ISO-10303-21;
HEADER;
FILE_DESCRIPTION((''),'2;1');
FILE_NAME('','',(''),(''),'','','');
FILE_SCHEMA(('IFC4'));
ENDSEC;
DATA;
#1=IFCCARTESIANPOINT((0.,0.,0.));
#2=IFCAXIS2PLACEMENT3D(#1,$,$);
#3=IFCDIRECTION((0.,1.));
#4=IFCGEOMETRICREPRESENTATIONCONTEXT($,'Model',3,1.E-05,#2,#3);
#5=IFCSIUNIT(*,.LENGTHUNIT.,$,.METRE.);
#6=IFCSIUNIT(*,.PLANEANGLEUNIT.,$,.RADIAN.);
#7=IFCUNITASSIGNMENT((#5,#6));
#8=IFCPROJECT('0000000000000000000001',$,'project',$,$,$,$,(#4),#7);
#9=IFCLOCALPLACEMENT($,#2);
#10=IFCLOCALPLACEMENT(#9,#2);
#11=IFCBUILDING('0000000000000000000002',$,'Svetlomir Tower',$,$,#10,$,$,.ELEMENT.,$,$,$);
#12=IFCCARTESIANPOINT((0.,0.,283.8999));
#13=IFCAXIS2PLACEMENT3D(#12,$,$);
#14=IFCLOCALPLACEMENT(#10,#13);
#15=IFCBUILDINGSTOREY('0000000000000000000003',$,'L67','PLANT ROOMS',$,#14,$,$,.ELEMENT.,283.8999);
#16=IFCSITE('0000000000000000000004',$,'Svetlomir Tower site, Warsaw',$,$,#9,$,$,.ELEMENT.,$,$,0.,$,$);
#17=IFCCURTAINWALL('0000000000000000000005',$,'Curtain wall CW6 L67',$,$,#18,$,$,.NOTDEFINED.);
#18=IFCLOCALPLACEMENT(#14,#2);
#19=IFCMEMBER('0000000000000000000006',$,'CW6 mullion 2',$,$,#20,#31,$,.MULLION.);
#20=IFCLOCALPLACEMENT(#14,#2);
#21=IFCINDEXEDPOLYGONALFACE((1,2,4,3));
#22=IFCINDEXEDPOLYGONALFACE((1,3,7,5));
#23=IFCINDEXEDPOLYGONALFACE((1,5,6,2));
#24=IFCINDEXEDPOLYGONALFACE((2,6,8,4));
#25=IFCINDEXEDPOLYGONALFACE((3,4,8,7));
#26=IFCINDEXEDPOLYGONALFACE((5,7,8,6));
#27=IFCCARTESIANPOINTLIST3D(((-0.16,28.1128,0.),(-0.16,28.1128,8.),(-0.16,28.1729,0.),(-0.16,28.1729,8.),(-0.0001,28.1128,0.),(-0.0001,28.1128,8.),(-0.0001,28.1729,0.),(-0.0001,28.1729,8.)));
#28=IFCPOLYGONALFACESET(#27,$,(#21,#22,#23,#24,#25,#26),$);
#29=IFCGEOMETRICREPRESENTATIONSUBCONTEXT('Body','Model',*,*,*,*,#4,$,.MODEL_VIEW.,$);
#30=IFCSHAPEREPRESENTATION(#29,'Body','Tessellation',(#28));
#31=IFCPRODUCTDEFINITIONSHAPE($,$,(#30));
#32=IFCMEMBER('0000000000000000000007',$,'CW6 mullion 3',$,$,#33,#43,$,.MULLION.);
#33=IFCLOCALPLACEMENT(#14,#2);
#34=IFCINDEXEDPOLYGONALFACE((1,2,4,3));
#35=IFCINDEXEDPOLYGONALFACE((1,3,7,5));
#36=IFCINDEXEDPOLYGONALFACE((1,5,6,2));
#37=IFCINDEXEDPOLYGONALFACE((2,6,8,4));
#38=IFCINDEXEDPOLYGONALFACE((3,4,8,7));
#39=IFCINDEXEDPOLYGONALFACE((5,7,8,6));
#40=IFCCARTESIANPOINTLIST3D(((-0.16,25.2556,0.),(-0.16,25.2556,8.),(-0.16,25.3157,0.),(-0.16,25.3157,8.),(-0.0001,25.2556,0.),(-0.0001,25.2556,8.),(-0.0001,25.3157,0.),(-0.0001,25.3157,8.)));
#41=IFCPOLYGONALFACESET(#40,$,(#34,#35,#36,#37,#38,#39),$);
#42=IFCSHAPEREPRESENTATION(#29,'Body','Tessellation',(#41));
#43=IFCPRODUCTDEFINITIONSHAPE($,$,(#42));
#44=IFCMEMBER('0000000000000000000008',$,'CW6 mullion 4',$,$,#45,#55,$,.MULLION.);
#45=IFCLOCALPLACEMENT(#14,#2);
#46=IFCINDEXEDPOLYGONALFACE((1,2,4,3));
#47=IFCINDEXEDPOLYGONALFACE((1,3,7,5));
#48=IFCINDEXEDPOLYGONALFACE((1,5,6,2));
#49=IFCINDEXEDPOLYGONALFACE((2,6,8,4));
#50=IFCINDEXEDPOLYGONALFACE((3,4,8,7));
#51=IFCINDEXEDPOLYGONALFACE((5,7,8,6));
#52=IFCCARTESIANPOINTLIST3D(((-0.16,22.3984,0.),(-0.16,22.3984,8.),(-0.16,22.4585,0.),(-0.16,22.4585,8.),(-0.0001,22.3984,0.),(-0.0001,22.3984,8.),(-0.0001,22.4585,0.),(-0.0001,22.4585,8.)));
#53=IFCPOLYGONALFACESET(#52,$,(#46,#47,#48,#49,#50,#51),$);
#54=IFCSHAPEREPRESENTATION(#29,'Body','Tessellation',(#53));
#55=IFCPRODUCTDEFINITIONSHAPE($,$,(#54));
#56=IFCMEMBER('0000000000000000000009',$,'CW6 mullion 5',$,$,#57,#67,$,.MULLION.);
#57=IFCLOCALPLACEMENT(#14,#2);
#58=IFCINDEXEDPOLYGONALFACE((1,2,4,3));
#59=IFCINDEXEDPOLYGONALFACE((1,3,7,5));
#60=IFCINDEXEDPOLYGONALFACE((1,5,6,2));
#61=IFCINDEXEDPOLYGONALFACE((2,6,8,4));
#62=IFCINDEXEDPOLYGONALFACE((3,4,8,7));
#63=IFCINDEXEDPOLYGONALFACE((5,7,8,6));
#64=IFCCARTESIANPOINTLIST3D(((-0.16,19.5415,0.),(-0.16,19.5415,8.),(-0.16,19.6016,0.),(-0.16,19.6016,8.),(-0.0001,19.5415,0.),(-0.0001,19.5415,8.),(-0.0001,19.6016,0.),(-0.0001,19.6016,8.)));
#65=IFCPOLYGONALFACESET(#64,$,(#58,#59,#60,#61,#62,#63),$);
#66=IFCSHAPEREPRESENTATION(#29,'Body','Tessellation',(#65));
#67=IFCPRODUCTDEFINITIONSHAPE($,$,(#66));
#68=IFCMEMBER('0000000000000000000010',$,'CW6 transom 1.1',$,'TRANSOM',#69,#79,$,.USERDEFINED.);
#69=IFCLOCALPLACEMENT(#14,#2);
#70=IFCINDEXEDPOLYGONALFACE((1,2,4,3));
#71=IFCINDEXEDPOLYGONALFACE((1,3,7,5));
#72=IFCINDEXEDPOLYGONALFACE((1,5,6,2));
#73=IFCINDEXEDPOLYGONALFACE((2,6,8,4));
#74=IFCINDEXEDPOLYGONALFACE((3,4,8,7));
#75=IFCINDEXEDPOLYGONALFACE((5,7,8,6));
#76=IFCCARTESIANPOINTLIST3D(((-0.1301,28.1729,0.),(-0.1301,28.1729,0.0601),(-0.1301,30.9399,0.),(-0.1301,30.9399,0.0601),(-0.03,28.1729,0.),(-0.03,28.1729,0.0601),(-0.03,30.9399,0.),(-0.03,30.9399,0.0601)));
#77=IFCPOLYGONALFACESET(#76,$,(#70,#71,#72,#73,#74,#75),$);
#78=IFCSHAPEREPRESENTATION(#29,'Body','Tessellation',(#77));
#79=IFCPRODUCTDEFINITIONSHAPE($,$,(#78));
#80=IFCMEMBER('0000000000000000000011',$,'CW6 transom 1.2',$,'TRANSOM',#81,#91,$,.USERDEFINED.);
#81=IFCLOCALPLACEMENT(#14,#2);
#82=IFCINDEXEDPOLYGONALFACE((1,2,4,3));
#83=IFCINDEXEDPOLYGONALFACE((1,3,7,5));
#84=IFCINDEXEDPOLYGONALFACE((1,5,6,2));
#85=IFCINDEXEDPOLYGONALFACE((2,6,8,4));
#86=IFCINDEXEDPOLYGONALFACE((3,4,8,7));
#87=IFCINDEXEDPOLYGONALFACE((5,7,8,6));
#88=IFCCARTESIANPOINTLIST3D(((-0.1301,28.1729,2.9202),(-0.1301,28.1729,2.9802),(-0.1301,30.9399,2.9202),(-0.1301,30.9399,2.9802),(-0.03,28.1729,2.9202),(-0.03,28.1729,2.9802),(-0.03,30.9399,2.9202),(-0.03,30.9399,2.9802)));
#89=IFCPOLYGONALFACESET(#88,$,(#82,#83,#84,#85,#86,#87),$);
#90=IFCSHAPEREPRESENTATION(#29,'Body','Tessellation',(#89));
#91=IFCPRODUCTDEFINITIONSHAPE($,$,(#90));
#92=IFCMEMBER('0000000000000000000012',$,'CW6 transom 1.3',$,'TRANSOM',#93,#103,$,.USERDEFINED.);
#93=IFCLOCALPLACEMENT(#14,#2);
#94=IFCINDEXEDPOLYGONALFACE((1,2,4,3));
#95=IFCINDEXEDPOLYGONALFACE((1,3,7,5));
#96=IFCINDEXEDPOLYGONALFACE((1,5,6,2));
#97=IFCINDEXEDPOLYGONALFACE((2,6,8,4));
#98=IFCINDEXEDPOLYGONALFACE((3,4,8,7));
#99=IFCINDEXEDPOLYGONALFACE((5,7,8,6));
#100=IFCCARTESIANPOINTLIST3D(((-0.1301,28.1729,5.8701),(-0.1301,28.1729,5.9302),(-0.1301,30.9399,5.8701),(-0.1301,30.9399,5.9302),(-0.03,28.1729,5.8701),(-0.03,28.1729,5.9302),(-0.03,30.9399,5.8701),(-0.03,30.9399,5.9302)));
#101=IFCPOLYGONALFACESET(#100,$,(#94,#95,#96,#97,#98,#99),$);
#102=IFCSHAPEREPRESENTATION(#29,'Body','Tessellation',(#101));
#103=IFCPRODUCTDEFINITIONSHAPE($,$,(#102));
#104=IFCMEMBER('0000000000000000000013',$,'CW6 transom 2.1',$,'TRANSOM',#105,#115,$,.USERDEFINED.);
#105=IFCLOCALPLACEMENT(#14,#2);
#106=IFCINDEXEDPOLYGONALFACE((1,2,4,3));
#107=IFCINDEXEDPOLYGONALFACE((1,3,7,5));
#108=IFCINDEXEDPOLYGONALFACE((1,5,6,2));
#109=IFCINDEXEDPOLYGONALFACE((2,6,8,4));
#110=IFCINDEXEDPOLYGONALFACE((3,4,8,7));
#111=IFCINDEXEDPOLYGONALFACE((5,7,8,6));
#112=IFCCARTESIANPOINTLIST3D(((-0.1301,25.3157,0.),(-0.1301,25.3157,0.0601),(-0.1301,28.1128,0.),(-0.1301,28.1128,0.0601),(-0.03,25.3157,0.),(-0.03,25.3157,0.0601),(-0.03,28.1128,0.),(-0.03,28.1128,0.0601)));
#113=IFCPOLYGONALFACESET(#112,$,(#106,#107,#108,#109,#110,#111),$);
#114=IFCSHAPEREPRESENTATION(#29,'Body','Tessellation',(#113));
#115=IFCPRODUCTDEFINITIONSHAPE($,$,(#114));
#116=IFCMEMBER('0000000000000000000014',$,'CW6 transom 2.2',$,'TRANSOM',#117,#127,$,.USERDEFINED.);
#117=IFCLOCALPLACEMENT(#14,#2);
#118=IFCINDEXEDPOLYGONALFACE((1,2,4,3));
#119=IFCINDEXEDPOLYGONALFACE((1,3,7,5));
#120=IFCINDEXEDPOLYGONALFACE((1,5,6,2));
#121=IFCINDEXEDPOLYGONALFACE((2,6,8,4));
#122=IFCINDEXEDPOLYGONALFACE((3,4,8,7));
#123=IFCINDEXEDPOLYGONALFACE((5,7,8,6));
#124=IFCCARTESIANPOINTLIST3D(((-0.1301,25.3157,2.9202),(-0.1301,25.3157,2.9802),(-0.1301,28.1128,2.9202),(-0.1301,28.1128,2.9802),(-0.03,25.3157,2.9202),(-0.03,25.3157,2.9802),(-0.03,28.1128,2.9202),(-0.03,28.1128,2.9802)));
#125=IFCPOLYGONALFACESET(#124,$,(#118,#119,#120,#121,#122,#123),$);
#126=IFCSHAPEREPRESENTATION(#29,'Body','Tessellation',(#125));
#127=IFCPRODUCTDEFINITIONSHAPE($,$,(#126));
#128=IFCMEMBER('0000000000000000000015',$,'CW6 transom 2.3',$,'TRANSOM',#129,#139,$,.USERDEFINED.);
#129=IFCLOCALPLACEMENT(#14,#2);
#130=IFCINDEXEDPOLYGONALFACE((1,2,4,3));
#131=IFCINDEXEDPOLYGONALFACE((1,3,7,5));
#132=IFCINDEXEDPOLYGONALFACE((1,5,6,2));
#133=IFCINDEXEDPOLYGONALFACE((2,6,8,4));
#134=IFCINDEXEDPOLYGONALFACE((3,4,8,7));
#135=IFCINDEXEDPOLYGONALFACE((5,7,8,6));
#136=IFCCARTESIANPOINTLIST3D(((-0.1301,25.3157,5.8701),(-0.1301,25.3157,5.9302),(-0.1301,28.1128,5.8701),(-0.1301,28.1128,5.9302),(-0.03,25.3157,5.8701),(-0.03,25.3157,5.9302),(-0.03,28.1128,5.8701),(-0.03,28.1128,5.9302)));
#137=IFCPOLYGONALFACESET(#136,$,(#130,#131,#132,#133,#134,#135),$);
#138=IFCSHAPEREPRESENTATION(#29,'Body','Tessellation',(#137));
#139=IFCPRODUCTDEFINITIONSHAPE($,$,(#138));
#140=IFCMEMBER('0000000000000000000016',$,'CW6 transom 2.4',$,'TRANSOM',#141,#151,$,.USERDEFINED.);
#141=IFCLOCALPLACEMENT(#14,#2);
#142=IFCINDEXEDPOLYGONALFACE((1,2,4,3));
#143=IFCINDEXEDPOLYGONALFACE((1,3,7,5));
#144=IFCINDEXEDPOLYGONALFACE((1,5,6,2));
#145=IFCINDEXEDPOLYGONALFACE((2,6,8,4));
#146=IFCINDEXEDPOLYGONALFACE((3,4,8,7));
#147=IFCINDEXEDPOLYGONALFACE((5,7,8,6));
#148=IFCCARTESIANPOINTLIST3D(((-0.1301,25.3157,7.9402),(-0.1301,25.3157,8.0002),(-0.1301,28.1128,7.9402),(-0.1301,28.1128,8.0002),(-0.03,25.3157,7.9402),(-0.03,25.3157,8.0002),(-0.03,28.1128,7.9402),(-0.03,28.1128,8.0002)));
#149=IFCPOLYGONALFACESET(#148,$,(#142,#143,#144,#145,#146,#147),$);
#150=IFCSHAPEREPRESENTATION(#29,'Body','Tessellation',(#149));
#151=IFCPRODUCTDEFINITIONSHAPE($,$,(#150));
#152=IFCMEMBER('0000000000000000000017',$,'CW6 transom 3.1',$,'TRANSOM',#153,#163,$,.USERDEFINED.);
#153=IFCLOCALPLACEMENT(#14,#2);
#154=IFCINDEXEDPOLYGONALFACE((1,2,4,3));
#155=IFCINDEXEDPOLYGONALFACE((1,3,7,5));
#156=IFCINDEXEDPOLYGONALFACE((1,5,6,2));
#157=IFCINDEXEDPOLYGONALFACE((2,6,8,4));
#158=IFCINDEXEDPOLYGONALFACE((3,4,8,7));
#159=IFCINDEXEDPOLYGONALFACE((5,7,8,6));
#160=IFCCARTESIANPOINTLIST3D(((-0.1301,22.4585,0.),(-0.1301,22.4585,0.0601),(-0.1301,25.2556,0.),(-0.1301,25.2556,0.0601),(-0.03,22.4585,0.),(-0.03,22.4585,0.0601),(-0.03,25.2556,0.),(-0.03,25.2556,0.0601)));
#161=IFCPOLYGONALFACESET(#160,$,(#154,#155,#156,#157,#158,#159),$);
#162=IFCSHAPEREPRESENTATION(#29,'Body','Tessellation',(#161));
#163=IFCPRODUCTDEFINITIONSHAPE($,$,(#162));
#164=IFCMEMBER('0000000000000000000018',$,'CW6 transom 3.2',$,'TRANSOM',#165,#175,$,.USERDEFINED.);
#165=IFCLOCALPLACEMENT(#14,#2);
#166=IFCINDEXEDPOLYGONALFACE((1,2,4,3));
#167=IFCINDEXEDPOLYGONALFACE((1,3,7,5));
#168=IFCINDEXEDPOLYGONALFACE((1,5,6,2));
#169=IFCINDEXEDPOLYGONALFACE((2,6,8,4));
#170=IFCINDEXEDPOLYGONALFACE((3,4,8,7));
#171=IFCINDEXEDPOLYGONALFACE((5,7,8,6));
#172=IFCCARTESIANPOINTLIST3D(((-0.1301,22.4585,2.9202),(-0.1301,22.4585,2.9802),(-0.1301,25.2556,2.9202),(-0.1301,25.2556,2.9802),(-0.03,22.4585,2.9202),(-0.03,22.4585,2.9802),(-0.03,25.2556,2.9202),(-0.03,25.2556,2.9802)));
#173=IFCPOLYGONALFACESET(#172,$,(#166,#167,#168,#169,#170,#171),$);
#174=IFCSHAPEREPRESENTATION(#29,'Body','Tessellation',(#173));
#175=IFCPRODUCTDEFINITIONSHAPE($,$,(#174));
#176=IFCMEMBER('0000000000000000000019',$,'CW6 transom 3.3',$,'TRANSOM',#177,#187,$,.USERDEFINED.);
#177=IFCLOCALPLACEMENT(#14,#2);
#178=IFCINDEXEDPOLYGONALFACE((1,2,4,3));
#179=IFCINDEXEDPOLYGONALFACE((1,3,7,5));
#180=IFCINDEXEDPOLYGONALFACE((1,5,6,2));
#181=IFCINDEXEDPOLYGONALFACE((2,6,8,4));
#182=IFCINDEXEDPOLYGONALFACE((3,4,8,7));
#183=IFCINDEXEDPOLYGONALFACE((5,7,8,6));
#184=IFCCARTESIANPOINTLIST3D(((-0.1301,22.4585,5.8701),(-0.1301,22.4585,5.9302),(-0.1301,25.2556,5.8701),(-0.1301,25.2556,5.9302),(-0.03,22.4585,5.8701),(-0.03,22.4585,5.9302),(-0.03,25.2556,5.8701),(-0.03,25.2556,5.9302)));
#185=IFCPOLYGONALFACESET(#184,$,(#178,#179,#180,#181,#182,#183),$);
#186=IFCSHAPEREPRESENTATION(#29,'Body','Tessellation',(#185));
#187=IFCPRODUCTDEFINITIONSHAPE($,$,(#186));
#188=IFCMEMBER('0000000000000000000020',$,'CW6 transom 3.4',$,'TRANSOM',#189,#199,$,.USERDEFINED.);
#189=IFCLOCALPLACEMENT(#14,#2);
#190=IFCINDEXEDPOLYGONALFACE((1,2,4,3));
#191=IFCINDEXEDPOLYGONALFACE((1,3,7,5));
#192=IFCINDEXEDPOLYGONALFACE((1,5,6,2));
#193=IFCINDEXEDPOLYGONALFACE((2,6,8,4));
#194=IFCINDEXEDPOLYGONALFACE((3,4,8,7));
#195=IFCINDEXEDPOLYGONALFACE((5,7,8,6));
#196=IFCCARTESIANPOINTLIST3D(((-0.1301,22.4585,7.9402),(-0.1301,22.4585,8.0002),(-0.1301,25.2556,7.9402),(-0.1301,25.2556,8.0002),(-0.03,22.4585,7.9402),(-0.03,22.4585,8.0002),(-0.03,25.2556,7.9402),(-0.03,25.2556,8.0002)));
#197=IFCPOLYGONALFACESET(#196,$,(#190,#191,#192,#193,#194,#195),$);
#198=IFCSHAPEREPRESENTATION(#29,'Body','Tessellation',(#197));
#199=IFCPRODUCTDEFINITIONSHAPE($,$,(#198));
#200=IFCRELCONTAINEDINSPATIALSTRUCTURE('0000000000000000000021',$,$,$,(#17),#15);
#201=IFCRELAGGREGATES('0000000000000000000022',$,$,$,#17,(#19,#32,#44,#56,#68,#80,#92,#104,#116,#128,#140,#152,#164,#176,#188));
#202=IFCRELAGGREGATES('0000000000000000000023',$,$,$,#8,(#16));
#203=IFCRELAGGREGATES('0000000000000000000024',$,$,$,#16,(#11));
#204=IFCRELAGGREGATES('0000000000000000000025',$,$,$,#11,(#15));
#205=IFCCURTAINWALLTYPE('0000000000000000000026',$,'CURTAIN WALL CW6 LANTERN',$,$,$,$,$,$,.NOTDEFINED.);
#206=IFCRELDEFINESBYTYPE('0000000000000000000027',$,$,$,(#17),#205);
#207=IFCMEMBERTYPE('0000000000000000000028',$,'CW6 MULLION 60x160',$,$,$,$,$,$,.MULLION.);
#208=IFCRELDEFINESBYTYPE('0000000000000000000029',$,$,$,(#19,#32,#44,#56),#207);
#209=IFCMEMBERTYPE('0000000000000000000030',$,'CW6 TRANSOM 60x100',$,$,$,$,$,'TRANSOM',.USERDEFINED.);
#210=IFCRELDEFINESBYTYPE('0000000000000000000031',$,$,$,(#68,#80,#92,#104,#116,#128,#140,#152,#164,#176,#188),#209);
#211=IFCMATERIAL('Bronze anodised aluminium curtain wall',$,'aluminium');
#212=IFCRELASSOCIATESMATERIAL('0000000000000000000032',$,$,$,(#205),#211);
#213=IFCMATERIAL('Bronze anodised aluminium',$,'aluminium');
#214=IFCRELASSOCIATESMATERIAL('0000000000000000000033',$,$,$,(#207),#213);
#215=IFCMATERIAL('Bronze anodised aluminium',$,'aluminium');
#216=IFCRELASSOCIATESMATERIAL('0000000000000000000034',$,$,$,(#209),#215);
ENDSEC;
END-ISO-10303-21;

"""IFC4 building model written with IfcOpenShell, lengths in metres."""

from ifc_helpers import new_model, si_unit, direction, frame, origin, origin_2d, place, context, subcontext, project, spatial, rectangle, extrude, material, material_profile, profile_set, type_object, element, aggregate, save


model = new_model("IFC4")

# Units and contexts
model_context = context("Model", 3, precision=1e-05, world=origin(), true_north=direction((0.0, 1.0)))
body_context = subcontext(model_context, "Body", "Model", "MODEL_VIEW")
ifc_project = project(units=[si_unit("LENGTHUNIT", "METRE"), si_unit("PLANEANGLEUNIT", "RADIAN")], contexts=[model_context])

# Site, building, storey
site_placement = place(None, origin())
site = spatial("IfcSite", under=ifc_project, at=site_placement, Name="Svetlomir Tower site, Warsaw", CompositionType="ELEMENT", RefElevation=0.0)
building_placement = place(site_placement, origin())
building = spatial("IfcBuilding", under=site, at=building_placement, Name="Svetlomir Tower", CompositionType="ELEMENT")
storey_placement = place(building_placement, frame((0.0, 0.0, 283.8999)))
storey = spatial("IfcBuildingStorey", under=building, at=storey_placement, Name="L67", Description="PLANT ROOMS", CompositionType="ELEMENT", Elevation=283.8999)

# Curtain wall, members
ifc_material_1 = material(Name="Bronze anodised aluminium curtain wall", Category="aluminium")
curtain_wall_type = type_object("IfcCurtainWallType", Name="CURTAIN WALL CW6 LANTERN", PredefinedType="NOTDEFINED", material=ifc_material_1)
curtain_wall_placement = place(storey_placement, origin())
curtain_wall = element("IfcCurtainWall", 1, at=curtain_wall_placement, inside=storey, type_object=curtain_wall_type, Name="Curtain wall CW6 L67", PredefinedType="NOTDEFINED")
ifc_material_2 = material(Name="Bronze anodised aluminium", Category="aluminium")
ifc_material_profile_1 = material_profile(ifc_material_2, rectangle(XDim=0.0601, YDim=0.1599, at=origin_2d()), Name="AL 60x160")
ifc_profile_set_1 = profile_set([ifc_material_profile_1], Name="Bronze anodised aluminium 6063-T6")
member_type_1 = type_object("IfcMemberType", Name="CW6 MULLION 60x160", PredefinedType="MULLION", material=ifc_profile_set_1)
member_1_placement = place(storey_placement, frame((-0.0801, 28.1428, 0.0), z_axis=(0.0, 0.0, 1.0), x_axis=(0.0, -1.0, 0.0)))
member_1 = element("IfcMember", 2, at=member_1_placement, type_object=member_type_1, Name="CW6 mullion 2", PredefinedType="MULLION", context=body_context, shape_type="SweptSolid", body=[
    extrude(rectangle(XDim=0.0601, YDim=0.1599, at=origin_2d()), origin(), (0.0, 0.0, 1.0), 8.0),
])
member_2_placement = place(storey_placement, frame((-0.0801, 25.2856, 0.0), z_axis=(0.0, 0.0, 1.0), x_axis=(0.0, -1.0, 0.0)))
member_2 = element("IfcMember", 3, at=member_2_placement, type_object=member_type_1, Name="CW6 mullion 3", PredefinedType="MULLION", context=body_context, shape_type="SweptSolid", body=[
    extrude(rectangle(XDim=0.0601, YDim=0.1599, at=origin_2d()), origin(), (0.0, 0.0, 1.0), 8.0),
])
member_3_placement = place(storey_placement, frame((-0.0801, 22.4285, 0.0), z_axis=(0.0, 0.0, 1.0), x_axis=(0.0, -1.0, 0.0)))
member_3 = element("IfcMember", 4, at=member_3_placement, type_object=member_type_1, Name="CW6 mullion 4", PredefinedType="MULLION", context=body_context, shape_type="SweptSolid", body=[
    extrude(rectangle(XDim=0.0601, YDim=0.1599, at=origin_2d()), origin(), (0.0, 0.0, 1.0), 8.0),
])
member_4_placement = place(storey_placement, frame((-0.0801, 19.5715, 0.0), z_axis=(0.0, 0.0, 1.0), x_axis=(0.0, -1.0, 0.0)))
member_4 = element("IfcMember", 5, at=member_4_placement, type_object=member_type_1, Name="CW6 mullion 5", PredefinedType="MULLION", context=body_context, shape_type="SweptSolid", body=[
    extrude(rectangle(XDim=0.0601, YDim=0.1599, at=origin_2d()), origin(), (0.0, 0.0, 1.0), 8.0),
])
ifc_material_3 = material(Name="Bronze anodised aluminium", Category="aluminium")
ifc_material_profile_2 = material_profile(ifc_material_3, rectangle(XDim=0.1001, YDim=0.0601, at=origin_2d()), Name="AL 100x60")
ifc_profile_set_2 = profile_set([ifc_material_profile_2], Name="Bronze anodised aluminium 6063-T6")
member_type_2 = type_object("IfcMemberType", Name="CW6 TRANSOM 60x100", ElementType="TRANSOM", PredefinedType="USERDEFINED", material=ifc_profile_set_2)
member_5_placement = place(storey_placement, frame((-0.0801, 30.9399, 0.03), z_axis=(0.0, -1.0, 0.0), x_axis=(1.0, 0.0, 0.0)))
member_5 = element("IfcMember", 6, at=member_5_placement, type_object=member_type_2, Name="CW6 transom 1.1", ObjectType="TRANSOM", PredefinedType="USERDEFINED", context=body_context, shape_type="SweptSolid", body=[
    extrude(rectangle(XDim=0.1001, YDim=0.0601, at=origin_2d()), origin(), (0.0, 0.0, 1.0), 2.7671),
])
member_6_placement = place(storey_placement, frame((-0.0801, 30.9399, 2.9502), z_axis=(0.0, -1.0, 0.0), x_axis=(1.0, 0.0, 0.0)))
member_6 = element("IfcMember", 7, at=member_6_placement, type_object=member_type_2, Name="CW6 transom 1.2", ObjectType="TRANSOM", PredefinedType="USERDEFINED", context=body_context, shape_type="SweptSolid", body=[
    extrude(rectangle(XDim=0.1001, YDim=0.0601, at=origin_2d()), origin(), (0.0, 0.0, 1.0), 2.7671),
])
member_7_placement = place(storey_placement, frame((-0.0801, 30.9399, 5.9001), z_axis=(0.0, -1.0, 0.0), x_axis=(1.0, 0.0, 0.0)))
member_7 = element("IfcMember", 8, at=member_7_placement, type_object=member_type_2, Name="CW6 transom 1.3", ObjectType="TRANSOM", PredefinedType="USERDEFINED", context=body_context, shape_type="SweptSolid", body=[
    extrude(rectangle(XDim=0.1001, YDim=0.0601, at=origin_2d()), origin(), (0.0, 0.0, 1.0), 2.7671),
])
member_8_placement = place(storey_placement, frame((-0.0801, 28.1128, 0.03), z_axis=(0.0, -1.0, 0.0), x_axis=(1.0, 0.0, 0.0)))
member_8 = element("IfcMember", 9, at=member_8_placement, type_object=member_type_2, Name="CW6 transom 2.1", ObjectType="TRANSOM", PredefinedType="USERDEFINED", context=body_context, shape_type="SweptSolid", body=[
    extrude(rectangle(XDim=0.1001, YDim=0.0601, at=origin_2d()), origin(), (0.0, 0.0, 1.0), 2.7971),
])
member_9_placement = place(storey_placement, frame((-0.0801, 28.1128, 2.9502), z_axis=(0.0, -1.0, 0.0), x_axis=(1.0, 0.0, 0.0)))
member_9 = element("IfcMember", 10, at=member_9_placement, type_object=member_type_2, Name="CW6 transom 2.2", ObjectType="TRANSOM", PredefinedType="USERDEFINED", context=body_context, shape_type="SweptSolid", body=[
    extrude(rectangle(XDim=0.1001, YDim=0.0601, at=origin_2d()), origin(), (0.0, 0.0, 1.0), 2.7971),
])
member_10_placement = place(storey_placement, frame((-0.0801, 28.1128, 5.9001), z_axis=(0.0, -1.0, 0.0), x_axis=(1.0, 0.0, 0.0)))
member_10 = element("IfcMember", 11, at=member_10_placement, type_object=member_type_2, Name="CW6 transom 2.3", ObjectType="TRANSOM", PredefinedType="USERDEFINED", context=body_context, shape_type="SweptSolid", body=[
    extrude(rectangle(XDim=0.1001, YDim=0.0601, at=origin_2d()), origin(), (0.0, 0.0, 1.0), 2.7971),
])
member_11_placement = place(storey_placement, frame((-0.0801, 28.1128, 7.9702), z_axis=(0.0, -1.0, 0.0), x_axis=(1.0, 0.0, 0.0)))
member_11 = element("IfcMember", 12, at=member_11_placement, type_object=member_type_2, Name="CW6 transom 2.4", ObjectType="TRANSOM", PredefinedType="USERDEFINED", context=body_context, shape_type="SweptSolid", body=[
    extrude(rectangle(XDim=0.1001, YDim=0.0601, at=origin_2d()), origin(), (0.0, 0.0, 1.0), 2.7971),
])
member_12_placement = place(storey_placement, frame((-0.0801, 25.2556, 0.03), z_axis=(0.0, -1.0, 0.0), x_axis=(1.0, 0.0, 0.0)))
member_12 = element("IfcMember", 13, at=member_12_placement, type_object=member_type_2, Name="CW6 transom 3.1", ObjectType="TRANSOM", PredefinedType="USERDEFINED", context=body_context, shape_type="SweptSolid", body=[
    extrude(rectangle(XDim=0.1001, YDim=0.0601, at=origin_2d()), origin(), (0.0, 0.0, 1.0), 2.7971),
])
member_13_placement = place(storey_placement, frame((-0.0801, 25.2556, 2.9502), z_axis=(0.0, -1.0, 0.0), x_axis=(1.0, 0.0, 0.0)))
member_13 = element("IfcMember", 14, at=member_13_placement, type_object=member_type_2, Name="CW6 transom 3.2", ObjectType="TRANSOM", PredefinedType="USERDEFINED", context=body_context, shape_type="SweptSolid", body=[
    extrude(rectangle(XDim=0.1001, YDim=0.0601, at=origin_2d()), origin(), (0.0, 0.0, 1.0), 2.7971),
])
member_14_placement = place(storey_placement, frame((-0.0801, 25.2556, 5.9001), z_axis=(0.0, -1.0, 0.0), x_axis=(1.0, 0.0, 0.0)))
member_14 = element("IfcMember", 15, at=member_14_placement, type_object=member_type_2, Name="CW6 transom 3.3", ObjectType="TRANSOM", PredefinedType="USERDEFINED", context=body_context, shape_type="SweptSolid", body=[
    extrude(rectangle(XDim=0.1001, YDim=0.0601, at=origin_2d()), origin(), (0.0, 0.0, 1.0), 2.7971),
])
member_15_placement = place(storey_placement, frame((-0.0801, 25.2556, 7.9702), z_axis=(0.0, -1.0, 0.0), x_axis=(1.0, 0.0, 0.0)))
member_15 = element("IfcMember", 16, at=member_15_placement, type_object=member_type_2, Name="CW6 transom 3.4", ObjectType="TRANSOM", PredefinedType="USERDEFINED", context=body_context, shape_type="SweptSolid", body=[
    extrude(rectangle(XDim=0.1001, YDim=0.0601, at=origin_2d()), origin(), (0.0, 0.0, 1.0), 2.7971),
])
aggregate(curtain_wall, [member_1, member_2, member_3, member_4, member_5, member_6, member_7, member_8, member_9, member_10, member_11, member_12, member_13, member_14, member_15])

save(model, "model.ifc")
